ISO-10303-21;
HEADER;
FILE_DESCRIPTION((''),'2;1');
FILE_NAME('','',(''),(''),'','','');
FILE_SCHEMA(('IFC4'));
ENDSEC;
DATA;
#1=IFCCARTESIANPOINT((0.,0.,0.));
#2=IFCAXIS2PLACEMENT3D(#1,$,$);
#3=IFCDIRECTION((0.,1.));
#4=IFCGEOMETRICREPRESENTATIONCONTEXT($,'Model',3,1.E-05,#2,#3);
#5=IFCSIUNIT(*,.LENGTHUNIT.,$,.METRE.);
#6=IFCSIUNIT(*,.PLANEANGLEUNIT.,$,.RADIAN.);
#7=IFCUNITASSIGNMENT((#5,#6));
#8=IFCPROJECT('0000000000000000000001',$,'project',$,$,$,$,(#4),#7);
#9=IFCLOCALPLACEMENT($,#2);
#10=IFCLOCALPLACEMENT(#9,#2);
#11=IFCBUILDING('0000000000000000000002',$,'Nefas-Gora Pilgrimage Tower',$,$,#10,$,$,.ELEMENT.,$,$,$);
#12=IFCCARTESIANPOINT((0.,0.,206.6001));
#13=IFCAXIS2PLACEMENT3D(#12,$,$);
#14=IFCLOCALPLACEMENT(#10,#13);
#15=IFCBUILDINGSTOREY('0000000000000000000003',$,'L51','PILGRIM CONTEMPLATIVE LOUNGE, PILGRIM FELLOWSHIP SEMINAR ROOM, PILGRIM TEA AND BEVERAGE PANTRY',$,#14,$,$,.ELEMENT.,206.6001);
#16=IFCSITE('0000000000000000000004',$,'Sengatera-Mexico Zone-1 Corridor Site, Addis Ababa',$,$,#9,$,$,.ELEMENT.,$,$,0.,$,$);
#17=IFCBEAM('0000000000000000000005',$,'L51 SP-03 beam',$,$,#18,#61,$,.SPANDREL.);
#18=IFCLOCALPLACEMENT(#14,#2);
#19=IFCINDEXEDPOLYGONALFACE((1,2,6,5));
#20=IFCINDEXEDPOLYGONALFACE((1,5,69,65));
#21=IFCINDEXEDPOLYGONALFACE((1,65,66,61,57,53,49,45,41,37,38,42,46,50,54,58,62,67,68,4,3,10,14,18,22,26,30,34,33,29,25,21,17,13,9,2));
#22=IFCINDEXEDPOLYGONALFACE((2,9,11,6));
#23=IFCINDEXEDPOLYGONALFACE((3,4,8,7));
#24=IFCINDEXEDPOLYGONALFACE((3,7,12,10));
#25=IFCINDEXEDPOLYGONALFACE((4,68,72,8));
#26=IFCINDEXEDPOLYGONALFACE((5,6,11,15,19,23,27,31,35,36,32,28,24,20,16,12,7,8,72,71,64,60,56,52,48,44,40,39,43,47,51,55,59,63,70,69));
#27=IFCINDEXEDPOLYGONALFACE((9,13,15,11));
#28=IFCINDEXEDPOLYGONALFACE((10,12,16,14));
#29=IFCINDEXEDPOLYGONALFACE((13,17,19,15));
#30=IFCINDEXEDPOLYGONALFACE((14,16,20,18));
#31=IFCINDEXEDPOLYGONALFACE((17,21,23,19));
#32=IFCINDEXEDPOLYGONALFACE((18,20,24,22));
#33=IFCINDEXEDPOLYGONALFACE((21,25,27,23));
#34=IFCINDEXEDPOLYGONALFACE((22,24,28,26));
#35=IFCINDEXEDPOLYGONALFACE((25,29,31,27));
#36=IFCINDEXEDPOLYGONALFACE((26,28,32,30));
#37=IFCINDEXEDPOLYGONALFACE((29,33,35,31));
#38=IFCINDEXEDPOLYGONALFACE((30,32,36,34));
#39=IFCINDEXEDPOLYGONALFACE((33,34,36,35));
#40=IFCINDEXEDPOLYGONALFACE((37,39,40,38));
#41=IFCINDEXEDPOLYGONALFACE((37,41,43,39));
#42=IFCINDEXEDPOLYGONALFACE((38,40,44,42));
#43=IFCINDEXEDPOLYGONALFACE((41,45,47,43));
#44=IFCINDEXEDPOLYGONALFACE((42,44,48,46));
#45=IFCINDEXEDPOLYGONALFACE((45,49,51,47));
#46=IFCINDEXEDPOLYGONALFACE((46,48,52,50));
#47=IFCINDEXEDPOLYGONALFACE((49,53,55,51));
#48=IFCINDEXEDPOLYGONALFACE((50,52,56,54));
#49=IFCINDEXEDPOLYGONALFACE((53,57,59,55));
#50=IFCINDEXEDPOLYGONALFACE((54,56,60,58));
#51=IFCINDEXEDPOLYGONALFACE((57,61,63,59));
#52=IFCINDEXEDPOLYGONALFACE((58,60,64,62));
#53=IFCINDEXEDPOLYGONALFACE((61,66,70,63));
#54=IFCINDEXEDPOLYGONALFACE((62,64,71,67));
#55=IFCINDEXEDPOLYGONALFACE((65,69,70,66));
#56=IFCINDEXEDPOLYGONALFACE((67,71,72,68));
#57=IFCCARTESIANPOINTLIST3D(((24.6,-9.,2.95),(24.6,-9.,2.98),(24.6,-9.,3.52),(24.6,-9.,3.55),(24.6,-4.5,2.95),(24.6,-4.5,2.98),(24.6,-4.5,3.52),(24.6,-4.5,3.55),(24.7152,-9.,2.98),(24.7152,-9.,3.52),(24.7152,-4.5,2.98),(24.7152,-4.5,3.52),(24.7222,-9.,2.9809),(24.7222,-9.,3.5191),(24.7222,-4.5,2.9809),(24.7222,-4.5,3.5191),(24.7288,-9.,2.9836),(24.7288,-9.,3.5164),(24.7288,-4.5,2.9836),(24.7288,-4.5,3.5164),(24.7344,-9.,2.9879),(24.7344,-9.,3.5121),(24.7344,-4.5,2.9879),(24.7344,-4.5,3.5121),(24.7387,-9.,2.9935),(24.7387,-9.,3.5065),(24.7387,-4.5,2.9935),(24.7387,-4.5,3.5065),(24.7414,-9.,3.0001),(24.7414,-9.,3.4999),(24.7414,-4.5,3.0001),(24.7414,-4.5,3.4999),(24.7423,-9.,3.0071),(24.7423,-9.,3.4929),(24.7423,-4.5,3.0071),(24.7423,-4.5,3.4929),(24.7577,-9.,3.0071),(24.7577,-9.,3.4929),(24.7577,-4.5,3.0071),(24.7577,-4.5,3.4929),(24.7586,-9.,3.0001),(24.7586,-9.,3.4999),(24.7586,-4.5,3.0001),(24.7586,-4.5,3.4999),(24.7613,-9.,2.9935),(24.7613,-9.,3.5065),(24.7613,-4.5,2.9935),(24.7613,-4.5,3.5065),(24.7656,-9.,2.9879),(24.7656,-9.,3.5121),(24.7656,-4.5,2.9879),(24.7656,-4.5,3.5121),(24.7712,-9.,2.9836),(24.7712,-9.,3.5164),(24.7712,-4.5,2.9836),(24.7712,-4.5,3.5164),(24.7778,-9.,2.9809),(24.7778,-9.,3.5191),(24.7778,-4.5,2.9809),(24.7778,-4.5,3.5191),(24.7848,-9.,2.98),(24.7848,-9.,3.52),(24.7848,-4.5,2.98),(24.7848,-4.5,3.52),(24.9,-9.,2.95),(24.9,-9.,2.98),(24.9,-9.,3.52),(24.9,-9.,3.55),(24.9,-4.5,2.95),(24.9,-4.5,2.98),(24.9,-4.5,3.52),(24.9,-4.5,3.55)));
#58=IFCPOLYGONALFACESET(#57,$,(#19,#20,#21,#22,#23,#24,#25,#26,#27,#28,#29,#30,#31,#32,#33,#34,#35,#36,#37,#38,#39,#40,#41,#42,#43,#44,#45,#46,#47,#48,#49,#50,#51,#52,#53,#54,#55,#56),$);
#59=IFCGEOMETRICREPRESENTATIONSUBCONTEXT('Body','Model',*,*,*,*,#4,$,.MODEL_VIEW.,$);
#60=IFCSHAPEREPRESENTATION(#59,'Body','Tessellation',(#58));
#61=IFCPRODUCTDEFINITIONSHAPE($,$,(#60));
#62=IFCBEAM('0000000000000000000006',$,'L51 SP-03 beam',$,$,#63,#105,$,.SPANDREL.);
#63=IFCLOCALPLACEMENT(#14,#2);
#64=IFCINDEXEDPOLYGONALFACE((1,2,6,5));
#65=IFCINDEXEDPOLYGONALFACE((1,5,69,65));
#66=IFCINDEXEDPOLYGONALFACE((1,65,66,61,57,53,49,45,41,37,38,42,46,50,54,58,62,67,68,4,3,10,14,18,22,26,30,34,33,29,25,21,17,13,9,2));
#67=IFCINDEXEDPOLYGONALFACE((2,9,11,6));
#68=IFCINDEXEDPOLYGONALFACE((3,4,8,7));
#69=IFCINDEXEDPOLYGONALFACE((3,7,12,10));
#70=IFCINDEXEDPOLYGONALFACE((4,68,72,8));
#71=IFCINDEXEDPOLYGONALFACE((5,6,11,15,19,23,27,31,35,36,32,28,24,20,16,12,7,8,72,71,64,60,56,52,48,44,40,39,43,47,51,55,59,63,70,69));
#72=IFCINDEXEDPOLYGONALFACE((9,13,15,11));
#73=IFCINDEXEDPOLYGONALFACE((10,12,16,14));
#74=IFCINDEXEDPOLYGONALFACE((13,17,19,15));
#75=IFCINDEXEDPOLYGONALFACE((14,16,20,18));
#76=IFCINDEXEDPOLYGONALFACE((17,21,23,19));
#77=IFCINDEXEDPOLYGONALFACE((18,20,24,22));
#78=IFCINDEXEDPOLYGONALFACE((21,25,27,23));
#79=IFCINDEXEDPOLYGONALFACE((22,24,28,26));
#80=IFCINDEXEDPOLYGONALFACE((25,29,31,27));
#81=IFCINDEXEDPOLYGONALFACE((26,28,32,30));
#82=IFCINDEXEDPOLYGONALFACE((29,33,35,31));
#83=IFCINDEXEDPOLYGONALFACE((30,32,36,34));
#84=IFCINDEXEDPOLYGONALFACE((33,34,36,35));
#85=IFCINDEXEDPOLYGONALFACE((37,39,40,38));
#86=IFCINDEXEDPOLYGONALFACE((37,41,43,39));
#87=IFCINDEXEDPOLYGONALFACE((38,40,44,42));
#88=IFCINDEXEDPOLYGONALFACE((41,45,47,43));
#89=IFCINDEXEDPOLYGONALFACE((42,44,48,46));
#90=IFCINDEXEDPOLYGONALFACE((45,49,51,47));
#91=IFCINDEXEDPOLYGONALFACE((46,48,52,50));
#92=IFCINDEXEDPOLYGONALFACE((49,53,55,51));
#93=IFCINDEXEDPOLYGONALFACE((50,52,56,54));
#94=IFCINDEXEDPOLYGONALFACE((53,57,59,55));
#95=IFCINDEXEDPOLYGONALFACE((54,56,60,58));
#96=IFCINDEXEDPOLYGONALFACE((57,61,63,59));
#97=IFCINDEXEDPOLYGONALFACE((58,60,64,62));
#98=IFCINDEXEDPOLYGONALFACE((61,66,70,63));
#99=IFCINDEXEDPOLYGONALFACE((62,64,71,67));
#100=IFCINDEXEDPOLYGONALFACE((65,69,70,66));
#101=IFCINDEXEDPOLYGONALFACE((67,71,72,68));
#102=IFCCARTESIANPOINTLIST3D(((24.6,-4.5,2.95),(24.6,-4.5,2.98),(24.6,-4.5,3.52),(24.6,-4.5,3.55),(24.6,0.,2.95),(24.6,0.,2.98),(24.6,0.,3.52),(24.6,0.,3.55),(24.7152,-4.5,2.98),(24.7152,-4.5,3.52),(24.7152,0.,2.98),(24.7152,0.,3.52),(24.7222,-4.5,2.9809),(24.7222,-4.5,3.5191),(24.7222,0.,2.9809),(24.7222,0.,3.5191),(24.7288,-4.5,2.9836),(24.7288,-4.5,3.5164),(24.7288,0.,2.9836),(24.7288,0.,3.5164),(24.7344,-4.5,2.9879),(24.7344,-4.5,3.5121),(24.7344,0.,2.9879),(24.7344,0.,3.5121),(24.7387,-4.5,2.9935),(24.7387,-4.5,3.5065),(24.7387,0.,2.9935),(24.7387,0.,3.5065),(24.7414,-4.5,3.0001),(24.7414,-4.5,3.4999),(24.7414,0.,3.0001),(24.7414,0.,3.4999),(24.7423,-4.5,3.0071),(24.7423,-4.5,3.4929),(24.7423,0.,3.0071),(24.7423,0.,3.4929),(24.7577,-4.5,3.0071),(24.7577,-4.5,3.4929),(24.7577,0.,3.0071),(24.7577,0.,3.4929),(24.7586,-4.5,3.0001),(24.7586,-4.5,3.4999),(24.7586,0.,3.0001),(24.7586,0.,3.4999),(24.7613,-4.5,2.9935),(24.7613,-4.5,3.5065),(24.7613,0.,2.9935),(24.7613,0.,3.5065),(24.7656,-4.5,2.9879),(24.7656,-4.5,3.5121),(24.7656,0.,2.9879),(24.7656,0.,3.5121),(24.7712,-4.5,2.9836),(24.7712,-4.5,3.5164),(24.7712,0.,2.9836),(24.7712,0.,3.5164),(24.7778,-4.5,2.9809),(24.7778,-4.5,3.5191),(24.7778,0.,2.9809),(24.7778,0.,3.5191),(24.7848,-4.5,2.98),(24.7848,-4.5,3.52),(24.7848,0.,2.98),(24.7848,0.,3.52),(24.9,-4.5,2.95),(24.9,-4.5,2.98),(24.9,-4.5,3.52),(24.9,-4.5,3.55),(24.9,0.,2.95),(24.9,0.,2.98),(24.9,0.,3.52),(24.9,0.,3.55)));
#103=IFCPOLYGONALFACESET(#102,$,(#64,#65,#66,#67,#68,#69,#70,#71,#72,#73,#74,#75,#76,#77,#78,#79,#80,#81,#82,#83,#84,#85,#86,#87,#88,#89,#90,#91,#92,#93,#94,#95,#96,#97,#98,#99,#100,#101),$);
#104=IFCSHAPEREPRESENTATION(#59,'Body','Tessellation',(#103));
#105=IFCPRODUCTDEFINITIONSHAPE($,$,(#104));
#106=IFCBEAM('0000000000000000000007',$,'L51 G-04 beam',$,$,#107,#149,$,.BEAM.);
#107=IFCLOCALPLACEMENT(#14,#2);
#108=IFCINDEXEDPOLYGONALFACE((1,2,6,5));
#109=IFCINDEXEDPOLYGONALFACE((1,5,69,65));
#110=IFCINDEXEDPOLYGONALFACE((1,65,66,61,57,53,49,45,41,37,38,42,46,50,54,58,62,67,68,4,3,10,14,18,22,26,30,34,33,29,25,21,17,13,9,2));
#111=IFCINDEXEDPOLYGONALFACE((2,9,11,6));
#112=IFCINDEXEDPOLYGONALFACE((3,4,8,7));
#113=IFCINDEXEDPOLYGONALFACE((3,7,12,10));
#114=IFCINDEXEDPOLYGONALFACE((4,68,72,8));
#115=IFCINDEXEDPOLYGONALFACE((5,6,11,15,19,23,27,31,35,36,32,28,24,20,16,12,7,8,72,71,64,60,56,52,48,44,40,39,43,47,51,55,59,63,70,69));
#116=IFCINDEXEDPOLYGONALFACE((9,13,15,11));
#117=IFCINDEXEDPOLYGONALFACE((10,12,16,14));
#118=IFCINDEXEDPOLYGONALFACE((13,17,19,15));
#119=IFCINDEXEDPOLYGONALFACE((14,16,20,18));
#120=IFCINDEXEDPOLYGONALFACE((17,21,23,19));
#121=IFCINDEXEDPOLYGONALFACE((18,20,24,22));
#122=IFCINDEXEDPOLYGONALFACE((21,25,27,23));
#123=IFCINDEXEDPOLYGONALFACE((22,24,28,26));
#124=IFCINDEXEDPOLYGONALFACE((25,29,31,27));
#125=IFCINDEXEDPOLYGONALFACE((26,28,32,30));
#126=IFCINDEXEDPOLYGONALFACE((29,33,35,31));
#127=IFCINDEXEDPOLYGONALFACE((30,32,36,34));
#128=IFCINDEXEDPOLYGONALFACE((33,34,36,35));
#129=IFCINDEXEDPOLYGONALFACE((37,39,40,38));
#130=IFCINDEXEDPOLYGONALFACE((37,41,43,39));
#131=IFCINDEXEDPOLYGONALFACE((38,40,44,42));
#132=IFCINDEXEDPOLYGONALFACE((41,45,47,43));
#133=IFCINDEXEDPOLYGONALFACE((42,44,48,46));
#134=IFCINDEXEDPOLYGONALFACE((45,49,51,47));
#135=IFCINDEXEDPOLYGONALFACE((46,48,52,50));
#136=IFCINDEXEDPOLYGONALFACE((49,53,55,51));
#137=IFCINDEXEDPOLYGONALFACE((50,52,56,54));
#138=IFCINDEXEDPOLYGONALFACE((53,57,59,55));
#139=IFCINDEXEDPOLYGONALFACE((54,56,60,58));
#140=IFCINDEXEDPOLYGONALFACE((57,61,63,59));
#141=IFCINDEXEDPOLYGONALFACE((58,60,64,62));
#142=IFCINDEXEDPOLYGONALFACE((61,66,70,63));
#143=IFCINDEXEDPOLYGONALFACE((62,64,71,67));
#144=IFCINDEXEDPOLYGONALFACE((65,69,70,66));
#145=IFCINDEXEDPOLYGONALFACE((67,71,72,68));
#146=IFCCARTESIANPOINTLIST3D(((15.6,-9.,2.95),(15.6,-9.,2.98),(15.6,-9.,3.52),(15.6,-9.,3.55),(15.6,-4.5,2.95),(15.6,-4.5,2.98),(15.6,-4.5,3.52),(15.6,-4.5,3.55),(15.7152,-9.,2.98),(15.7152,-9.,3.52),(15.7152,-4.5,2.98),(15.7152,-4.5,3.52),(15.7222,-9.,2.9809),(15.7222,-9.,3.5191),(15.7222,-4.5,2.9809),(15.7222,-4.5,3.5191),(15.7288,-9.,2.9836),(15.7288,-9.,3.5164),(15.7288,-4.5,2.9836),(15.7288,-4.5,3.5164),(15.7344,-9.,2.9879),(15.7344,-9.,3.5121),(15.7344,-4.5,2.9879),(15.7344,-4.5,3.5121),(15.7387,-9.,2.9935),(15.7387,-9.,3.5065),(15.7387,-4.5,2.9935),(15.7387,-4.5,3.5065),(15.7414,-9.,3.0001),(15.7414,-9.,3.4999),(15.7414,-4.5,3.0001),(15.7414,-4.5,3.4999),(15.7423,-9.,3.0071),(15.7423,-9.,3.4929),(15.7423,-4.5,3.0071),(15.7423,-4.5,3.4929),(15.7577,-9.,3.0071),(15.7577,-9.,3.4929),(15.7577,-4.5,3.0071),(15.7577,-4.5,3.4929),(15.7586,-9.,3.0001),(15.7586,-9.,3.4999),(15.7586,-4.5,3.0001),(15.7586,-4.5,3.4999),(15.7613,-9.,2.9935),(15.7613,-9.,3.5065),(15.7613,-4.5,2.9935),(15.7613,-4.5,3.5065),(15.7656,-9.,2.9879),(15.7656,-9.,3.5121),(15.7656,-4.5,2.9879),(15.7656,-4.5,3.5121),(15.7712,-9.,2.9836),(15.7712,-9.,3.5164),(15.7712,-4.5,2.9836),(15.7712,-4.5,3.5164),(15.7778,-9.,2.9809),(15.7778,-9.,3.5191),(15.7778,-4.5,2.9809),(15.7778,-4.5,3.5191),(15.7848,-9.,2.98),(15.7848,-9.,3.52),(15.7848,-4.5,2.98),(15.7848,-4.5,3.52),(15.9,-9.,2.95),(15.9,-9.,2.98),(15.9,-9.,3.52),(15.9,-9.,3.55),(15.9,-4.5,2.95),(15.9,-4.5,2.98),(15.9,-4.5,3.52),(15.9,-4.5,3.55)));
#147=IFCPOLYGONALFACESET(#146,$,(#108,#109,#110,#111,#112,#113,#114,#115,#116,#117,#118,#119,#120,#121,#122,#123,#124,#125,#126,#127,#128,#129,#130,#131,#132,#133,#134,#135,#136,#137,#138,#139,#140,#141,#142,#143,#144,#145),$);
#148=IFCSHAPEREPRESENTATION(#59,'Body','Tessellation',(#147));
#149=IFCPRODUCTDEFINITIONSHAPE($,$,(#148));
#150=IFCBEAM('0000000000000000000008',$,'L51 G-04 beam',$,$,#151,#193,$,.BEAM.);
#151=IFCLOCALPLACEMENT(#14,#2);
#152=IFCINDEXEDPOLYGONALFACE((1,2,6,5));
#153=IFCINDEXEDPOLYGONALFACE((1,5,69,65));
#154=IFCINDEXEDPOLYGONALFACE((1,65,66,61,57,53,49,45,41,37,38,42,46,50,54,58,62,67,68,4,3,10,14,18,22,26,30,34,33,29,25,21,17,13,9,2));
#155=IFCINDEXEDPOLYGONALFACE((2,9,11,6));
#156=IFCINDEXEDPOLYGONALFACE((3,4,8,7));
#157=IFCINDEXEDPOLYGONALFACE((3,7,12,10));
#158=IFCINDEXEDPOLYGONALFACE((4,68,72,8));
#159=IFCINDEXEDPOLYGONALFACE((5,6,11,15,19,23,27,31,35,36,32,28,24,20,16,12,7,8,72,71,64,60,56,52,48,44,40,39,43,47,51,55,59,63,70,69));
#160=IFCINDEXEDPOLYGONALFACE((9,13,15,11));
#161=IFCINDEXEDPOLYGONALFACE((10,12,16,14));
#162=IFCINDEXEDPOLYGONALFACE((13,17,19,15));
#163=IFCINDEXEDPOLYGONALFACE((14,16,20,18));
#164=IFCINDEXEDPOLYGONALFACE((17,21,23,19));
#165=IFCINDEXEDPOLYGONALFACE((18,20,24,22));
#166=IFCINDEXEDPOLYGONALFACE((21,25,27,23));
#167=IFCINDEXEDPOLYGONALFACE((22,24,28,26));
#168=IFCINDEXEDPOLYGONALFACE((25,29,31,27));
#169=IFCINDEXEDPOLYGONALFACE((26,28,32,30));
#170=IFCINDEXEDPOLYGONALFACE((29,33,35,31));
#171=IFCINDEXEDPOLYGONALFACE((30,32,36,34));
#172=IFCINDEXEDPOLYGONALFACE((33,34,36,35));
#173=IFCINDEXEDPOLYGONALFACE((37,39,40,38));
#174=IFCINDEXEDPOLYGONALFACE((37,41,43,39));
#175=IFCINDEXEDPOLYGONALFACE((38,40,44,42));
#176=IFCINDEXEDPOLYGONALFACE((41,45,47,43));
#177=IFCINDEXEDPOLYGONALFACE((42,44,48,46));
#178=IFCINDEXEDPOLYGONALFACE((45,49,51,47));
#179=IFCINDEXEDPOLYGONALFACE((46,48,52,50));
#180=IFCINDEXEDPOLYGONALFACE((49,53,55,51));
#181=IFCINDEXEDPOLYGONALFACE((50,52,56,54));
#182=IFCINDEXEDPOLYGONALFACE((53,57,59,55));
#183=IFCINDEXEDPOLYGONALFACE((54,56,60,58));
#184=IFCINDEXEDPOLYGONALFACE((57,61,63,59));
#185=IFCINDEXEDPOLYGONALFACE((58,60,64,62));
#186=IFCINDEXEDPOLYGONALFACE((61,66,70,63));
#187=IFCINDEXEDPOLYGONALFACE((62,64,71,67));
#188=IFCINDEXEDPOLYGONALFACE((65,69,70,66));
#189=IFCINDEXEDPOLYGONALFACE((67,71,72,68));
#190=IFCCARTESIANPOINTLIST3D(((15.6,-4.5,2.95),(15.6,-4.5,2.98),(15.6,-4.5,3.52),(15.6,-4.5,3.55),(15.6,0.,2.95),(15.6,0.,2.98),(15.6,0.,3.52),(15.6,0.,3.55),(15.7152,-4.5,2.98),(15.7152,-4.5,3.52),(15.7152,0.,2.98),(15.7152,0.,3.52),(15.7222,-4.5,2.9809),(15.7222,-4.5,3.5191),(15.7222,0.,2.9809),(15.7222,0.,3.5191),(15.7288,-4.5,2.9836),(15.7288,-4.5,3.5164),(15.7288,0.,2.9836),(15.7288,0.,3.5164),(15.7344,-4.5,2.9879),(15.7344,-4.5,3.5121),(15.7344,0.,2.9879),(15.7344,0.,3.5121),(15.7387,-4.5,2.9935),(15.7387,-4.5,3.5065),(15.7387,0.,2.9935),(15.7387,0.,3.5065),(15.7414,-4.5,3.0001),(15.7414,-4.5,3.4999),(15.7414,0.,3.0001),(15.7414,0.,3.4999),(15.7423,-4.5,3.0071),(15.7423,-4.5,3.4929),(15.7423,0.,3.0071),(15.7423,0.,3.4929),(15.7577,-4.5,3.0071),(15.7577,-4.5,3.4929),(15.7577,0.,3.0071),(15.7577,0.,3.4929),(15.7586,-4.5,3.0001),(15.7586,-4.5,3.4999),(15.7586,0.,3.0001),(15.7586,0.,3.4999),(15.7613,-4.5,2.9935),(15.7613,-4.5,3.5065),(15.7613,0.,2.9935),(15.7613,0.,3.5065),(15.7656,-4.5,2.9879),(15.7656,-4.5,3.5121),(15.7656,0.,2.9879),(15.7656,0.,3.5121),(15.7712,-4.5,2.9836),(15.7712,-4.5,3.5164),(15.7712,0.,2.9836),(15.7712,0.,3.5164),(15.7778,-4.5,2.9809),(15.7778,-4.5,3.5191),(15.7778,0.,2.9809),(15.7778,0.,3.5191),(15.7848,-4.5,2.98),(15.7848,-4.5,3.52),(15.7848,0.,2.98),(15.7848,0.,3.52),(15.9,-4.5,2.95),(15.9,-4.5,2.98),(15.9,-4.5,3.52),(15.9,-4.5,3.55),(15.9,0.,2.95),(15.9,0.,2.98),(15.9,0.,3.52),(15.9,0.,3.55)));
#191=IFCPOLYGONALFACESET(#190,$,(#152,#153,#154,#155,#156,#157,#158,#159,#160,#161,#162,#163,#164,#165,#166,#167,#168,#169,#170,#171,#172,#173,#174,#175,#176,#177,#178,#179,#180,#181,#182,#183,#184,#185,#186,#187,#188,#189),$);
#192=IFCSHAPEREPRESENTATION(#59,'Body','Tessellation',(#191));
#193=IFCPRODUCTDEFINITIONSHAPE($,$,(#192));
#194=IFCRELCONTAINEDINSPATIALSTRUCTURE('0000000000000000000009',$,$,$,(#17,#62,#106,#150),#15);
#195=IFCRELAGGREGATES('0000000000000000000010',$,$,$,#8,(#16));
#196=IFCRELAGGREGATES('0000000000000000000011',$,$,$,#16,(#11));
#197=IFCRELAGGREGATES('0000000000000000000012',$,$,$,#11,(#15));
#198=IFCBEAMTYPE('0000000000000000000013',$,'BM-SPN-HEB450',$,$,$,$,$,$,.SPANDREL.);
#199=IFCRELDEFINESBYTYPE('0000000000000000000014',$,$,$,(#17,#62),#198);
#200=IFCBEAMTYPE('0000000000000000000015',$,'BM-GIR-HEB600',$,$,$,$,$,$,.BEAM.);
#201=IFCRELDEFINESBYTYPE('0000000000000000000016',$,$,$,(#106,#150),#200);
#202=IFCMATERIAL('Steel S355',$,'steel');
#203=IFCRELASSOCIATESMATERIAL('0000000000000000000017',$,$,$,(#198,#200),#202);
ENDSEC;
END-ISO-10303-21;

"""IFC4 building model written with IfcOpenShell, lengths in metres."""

from ifc_helpers import new_model, si_unit, direction, frame, origin, origin_2d, place, context, subcontext, project, spatial, i_section, extrude, source, transform, mapped, material, material_profile, profile_set, type_object, element, save


model = new_model("IFC4")

# Units and contexts
model_context = context("Model", 3, precision=1e-05, world=origin(), true_north=direction((0.0, 1.0)))
body_context = subcontext(model_context, "Body", "Model", "MODEL_VIEW")
ifc_project = project(units=[si_unit("LENGTHUNIT", "METRE"), si_unit("PLANEANGLEUNIT", "RADIAN")], contexts=[model_context])

# Site, building, storey
site_placement = place(None, origin())
site = spatial("IfcSite", under=ifc_project, at=site_placement, Name="Sengatera-Mexico Zone-1 Corridor Site, Addis Ababa", CompositionType="ELEMENT", RefElevation=0.0)
building_placement = place(site_placement, origin())
building = spatial("IfcBuilding", under=site, at=building_placement, Name="Nefas-Gora Pilgrimage Tower", CompositionType="ELEMENT")
storey_placement = place(building_placement, frame((0.0, 0.0, 206.6001)))
storey = spatial("IfcBuildingStorey", under=building, at=storey_placement, Name="L51", Description="PILGRIM CONTEMPLATIVE LOUNGE, PILGRIM FELLOWSHIP SEMINAR ROOM, PILGRIM TEA AND BEVERAGE PANTRY", CompositionType="ELEMENT", Elevation=206.6001)

# Beams
ifc_material_1 = material(Name="Steel S355", Category="steel")
ifc_material_profile_1 = material_profile(ifc_material_1, i_section(OverallWidth=0.3, OverallDepth=0.6001, WebThickness=0.0154, FlangeThickness=0.03, FilletRadius=0.0271, at=origin_2d()), Name="HEB 600")
ifc_profile_set_1 = profile_set([ifc_material_profile_1], Name="Steel S355")
beam_type_1 = type_object("IfcBeamType", Name="BM-SPN-HEB450", PredefinedType="SPANDREL", material=ifc_profile_set_1)
shared_shape_1 = source(origin(), body_context, "Body", "SweptSolid", [
    extrude(i_section(OverallWidth=0.3, OverallDepth=0.6001, WebThickness=0.0154, FlangeThickness=0.03, FilletRadius=0.0271, at=origin_2d()), origin(), (0.0, 0.0, 1.0), 4.5),
])
for number, where, z_axis, x_axis, name in (
    (1, (24.75, -9.0, 3.25), (0.0, 1.0, 0.0), (-1.0, 0.0, 0.0), "L51 SP-03 beam"),
    (2, (24.75, -4.5, 3.25), (0.0, 1.0, 0.0), (-1.0, 0.0, 0.0), "L51 SP-03 beam"),
):
    element("IfcBeam", number, at=place(storey_placement, frame(where, z_axis=z_axis, x_axis=x_axis)), inside=storey, type_object=beam_type_1, Name=name, PredefinedType="SPANDREL", context=body_context, shape_type="MappedRepresentation", body=[
        mapped(shared_shape_1, transform((0.0, 0.0, 0.0), x_axis=(1.0, 0.0, 0.0), y_axis=(0.0, 1.0, 0.0), z_axis=(0.0, 0.0, 1.0), scale=1.0)),
    ])
ifc_material_profile_2 = material_profile(ifc_material_1, i_section(OverallWidth=0.3, OverallDepth=0.6001, WebThickness=0.0154, FlangeThickness=0.03, FilletRadius=0.0271, at=origin_2d()), Name="HEB 600")
ifc_profile_set_2 = profile_set([ifc_material_profile_2], Name="Steel S355")
beam_type_2 = type_object("IfcBeamType", Name="BM-GIR-HEB600", PredefinedType="BEAM", material=ifc_profile_set_2)
shared_shape_2 = source(origin(), body_context, "Body", "SweptSolid", [
    extrude(i_section(OverallWidth=0.3, OverallDepth=0.6001, WebThickness=0.0154, FlangeThickness=0.03, FilletRadius=0.0271, at=origin_2d()), origin(), (0.0, 0.0, 1.0), 4.5),
])
for number, where, z_axis, x_axis, name in (
    (3, (15.75, -9.0, 3.25), (0.0, 1.0, 0.0), (-1.0, 0.0, 0.0), "L51 G-04 beam"),
    (4, (15.75, -4.5, 3.25), (0.0, 1.0, 0.0), (-1.0, 0.0, 0.0), "L51 G-04 beam"),
):
    element("IfcBeam", number, at=place(storey_placement, frame(where, z_axis=z_axis, x_axis=x_axis)), inside=storey, type_object=beam_type_2, Name=name, PredefinedType="BEAM", context=body_context, shape_type="MappedRepresentation", body=[
        mapped(shared_shape_2, transform((0.0, 0.0, 0.0), x_axis=(1.0, 0.0, 0.0), y_axis=(0.0, 1.0, 0.0), z_axis=(0.0, 0.0, 1.0), scale=1.0)),
    ])

save(model, "model.ifc")
